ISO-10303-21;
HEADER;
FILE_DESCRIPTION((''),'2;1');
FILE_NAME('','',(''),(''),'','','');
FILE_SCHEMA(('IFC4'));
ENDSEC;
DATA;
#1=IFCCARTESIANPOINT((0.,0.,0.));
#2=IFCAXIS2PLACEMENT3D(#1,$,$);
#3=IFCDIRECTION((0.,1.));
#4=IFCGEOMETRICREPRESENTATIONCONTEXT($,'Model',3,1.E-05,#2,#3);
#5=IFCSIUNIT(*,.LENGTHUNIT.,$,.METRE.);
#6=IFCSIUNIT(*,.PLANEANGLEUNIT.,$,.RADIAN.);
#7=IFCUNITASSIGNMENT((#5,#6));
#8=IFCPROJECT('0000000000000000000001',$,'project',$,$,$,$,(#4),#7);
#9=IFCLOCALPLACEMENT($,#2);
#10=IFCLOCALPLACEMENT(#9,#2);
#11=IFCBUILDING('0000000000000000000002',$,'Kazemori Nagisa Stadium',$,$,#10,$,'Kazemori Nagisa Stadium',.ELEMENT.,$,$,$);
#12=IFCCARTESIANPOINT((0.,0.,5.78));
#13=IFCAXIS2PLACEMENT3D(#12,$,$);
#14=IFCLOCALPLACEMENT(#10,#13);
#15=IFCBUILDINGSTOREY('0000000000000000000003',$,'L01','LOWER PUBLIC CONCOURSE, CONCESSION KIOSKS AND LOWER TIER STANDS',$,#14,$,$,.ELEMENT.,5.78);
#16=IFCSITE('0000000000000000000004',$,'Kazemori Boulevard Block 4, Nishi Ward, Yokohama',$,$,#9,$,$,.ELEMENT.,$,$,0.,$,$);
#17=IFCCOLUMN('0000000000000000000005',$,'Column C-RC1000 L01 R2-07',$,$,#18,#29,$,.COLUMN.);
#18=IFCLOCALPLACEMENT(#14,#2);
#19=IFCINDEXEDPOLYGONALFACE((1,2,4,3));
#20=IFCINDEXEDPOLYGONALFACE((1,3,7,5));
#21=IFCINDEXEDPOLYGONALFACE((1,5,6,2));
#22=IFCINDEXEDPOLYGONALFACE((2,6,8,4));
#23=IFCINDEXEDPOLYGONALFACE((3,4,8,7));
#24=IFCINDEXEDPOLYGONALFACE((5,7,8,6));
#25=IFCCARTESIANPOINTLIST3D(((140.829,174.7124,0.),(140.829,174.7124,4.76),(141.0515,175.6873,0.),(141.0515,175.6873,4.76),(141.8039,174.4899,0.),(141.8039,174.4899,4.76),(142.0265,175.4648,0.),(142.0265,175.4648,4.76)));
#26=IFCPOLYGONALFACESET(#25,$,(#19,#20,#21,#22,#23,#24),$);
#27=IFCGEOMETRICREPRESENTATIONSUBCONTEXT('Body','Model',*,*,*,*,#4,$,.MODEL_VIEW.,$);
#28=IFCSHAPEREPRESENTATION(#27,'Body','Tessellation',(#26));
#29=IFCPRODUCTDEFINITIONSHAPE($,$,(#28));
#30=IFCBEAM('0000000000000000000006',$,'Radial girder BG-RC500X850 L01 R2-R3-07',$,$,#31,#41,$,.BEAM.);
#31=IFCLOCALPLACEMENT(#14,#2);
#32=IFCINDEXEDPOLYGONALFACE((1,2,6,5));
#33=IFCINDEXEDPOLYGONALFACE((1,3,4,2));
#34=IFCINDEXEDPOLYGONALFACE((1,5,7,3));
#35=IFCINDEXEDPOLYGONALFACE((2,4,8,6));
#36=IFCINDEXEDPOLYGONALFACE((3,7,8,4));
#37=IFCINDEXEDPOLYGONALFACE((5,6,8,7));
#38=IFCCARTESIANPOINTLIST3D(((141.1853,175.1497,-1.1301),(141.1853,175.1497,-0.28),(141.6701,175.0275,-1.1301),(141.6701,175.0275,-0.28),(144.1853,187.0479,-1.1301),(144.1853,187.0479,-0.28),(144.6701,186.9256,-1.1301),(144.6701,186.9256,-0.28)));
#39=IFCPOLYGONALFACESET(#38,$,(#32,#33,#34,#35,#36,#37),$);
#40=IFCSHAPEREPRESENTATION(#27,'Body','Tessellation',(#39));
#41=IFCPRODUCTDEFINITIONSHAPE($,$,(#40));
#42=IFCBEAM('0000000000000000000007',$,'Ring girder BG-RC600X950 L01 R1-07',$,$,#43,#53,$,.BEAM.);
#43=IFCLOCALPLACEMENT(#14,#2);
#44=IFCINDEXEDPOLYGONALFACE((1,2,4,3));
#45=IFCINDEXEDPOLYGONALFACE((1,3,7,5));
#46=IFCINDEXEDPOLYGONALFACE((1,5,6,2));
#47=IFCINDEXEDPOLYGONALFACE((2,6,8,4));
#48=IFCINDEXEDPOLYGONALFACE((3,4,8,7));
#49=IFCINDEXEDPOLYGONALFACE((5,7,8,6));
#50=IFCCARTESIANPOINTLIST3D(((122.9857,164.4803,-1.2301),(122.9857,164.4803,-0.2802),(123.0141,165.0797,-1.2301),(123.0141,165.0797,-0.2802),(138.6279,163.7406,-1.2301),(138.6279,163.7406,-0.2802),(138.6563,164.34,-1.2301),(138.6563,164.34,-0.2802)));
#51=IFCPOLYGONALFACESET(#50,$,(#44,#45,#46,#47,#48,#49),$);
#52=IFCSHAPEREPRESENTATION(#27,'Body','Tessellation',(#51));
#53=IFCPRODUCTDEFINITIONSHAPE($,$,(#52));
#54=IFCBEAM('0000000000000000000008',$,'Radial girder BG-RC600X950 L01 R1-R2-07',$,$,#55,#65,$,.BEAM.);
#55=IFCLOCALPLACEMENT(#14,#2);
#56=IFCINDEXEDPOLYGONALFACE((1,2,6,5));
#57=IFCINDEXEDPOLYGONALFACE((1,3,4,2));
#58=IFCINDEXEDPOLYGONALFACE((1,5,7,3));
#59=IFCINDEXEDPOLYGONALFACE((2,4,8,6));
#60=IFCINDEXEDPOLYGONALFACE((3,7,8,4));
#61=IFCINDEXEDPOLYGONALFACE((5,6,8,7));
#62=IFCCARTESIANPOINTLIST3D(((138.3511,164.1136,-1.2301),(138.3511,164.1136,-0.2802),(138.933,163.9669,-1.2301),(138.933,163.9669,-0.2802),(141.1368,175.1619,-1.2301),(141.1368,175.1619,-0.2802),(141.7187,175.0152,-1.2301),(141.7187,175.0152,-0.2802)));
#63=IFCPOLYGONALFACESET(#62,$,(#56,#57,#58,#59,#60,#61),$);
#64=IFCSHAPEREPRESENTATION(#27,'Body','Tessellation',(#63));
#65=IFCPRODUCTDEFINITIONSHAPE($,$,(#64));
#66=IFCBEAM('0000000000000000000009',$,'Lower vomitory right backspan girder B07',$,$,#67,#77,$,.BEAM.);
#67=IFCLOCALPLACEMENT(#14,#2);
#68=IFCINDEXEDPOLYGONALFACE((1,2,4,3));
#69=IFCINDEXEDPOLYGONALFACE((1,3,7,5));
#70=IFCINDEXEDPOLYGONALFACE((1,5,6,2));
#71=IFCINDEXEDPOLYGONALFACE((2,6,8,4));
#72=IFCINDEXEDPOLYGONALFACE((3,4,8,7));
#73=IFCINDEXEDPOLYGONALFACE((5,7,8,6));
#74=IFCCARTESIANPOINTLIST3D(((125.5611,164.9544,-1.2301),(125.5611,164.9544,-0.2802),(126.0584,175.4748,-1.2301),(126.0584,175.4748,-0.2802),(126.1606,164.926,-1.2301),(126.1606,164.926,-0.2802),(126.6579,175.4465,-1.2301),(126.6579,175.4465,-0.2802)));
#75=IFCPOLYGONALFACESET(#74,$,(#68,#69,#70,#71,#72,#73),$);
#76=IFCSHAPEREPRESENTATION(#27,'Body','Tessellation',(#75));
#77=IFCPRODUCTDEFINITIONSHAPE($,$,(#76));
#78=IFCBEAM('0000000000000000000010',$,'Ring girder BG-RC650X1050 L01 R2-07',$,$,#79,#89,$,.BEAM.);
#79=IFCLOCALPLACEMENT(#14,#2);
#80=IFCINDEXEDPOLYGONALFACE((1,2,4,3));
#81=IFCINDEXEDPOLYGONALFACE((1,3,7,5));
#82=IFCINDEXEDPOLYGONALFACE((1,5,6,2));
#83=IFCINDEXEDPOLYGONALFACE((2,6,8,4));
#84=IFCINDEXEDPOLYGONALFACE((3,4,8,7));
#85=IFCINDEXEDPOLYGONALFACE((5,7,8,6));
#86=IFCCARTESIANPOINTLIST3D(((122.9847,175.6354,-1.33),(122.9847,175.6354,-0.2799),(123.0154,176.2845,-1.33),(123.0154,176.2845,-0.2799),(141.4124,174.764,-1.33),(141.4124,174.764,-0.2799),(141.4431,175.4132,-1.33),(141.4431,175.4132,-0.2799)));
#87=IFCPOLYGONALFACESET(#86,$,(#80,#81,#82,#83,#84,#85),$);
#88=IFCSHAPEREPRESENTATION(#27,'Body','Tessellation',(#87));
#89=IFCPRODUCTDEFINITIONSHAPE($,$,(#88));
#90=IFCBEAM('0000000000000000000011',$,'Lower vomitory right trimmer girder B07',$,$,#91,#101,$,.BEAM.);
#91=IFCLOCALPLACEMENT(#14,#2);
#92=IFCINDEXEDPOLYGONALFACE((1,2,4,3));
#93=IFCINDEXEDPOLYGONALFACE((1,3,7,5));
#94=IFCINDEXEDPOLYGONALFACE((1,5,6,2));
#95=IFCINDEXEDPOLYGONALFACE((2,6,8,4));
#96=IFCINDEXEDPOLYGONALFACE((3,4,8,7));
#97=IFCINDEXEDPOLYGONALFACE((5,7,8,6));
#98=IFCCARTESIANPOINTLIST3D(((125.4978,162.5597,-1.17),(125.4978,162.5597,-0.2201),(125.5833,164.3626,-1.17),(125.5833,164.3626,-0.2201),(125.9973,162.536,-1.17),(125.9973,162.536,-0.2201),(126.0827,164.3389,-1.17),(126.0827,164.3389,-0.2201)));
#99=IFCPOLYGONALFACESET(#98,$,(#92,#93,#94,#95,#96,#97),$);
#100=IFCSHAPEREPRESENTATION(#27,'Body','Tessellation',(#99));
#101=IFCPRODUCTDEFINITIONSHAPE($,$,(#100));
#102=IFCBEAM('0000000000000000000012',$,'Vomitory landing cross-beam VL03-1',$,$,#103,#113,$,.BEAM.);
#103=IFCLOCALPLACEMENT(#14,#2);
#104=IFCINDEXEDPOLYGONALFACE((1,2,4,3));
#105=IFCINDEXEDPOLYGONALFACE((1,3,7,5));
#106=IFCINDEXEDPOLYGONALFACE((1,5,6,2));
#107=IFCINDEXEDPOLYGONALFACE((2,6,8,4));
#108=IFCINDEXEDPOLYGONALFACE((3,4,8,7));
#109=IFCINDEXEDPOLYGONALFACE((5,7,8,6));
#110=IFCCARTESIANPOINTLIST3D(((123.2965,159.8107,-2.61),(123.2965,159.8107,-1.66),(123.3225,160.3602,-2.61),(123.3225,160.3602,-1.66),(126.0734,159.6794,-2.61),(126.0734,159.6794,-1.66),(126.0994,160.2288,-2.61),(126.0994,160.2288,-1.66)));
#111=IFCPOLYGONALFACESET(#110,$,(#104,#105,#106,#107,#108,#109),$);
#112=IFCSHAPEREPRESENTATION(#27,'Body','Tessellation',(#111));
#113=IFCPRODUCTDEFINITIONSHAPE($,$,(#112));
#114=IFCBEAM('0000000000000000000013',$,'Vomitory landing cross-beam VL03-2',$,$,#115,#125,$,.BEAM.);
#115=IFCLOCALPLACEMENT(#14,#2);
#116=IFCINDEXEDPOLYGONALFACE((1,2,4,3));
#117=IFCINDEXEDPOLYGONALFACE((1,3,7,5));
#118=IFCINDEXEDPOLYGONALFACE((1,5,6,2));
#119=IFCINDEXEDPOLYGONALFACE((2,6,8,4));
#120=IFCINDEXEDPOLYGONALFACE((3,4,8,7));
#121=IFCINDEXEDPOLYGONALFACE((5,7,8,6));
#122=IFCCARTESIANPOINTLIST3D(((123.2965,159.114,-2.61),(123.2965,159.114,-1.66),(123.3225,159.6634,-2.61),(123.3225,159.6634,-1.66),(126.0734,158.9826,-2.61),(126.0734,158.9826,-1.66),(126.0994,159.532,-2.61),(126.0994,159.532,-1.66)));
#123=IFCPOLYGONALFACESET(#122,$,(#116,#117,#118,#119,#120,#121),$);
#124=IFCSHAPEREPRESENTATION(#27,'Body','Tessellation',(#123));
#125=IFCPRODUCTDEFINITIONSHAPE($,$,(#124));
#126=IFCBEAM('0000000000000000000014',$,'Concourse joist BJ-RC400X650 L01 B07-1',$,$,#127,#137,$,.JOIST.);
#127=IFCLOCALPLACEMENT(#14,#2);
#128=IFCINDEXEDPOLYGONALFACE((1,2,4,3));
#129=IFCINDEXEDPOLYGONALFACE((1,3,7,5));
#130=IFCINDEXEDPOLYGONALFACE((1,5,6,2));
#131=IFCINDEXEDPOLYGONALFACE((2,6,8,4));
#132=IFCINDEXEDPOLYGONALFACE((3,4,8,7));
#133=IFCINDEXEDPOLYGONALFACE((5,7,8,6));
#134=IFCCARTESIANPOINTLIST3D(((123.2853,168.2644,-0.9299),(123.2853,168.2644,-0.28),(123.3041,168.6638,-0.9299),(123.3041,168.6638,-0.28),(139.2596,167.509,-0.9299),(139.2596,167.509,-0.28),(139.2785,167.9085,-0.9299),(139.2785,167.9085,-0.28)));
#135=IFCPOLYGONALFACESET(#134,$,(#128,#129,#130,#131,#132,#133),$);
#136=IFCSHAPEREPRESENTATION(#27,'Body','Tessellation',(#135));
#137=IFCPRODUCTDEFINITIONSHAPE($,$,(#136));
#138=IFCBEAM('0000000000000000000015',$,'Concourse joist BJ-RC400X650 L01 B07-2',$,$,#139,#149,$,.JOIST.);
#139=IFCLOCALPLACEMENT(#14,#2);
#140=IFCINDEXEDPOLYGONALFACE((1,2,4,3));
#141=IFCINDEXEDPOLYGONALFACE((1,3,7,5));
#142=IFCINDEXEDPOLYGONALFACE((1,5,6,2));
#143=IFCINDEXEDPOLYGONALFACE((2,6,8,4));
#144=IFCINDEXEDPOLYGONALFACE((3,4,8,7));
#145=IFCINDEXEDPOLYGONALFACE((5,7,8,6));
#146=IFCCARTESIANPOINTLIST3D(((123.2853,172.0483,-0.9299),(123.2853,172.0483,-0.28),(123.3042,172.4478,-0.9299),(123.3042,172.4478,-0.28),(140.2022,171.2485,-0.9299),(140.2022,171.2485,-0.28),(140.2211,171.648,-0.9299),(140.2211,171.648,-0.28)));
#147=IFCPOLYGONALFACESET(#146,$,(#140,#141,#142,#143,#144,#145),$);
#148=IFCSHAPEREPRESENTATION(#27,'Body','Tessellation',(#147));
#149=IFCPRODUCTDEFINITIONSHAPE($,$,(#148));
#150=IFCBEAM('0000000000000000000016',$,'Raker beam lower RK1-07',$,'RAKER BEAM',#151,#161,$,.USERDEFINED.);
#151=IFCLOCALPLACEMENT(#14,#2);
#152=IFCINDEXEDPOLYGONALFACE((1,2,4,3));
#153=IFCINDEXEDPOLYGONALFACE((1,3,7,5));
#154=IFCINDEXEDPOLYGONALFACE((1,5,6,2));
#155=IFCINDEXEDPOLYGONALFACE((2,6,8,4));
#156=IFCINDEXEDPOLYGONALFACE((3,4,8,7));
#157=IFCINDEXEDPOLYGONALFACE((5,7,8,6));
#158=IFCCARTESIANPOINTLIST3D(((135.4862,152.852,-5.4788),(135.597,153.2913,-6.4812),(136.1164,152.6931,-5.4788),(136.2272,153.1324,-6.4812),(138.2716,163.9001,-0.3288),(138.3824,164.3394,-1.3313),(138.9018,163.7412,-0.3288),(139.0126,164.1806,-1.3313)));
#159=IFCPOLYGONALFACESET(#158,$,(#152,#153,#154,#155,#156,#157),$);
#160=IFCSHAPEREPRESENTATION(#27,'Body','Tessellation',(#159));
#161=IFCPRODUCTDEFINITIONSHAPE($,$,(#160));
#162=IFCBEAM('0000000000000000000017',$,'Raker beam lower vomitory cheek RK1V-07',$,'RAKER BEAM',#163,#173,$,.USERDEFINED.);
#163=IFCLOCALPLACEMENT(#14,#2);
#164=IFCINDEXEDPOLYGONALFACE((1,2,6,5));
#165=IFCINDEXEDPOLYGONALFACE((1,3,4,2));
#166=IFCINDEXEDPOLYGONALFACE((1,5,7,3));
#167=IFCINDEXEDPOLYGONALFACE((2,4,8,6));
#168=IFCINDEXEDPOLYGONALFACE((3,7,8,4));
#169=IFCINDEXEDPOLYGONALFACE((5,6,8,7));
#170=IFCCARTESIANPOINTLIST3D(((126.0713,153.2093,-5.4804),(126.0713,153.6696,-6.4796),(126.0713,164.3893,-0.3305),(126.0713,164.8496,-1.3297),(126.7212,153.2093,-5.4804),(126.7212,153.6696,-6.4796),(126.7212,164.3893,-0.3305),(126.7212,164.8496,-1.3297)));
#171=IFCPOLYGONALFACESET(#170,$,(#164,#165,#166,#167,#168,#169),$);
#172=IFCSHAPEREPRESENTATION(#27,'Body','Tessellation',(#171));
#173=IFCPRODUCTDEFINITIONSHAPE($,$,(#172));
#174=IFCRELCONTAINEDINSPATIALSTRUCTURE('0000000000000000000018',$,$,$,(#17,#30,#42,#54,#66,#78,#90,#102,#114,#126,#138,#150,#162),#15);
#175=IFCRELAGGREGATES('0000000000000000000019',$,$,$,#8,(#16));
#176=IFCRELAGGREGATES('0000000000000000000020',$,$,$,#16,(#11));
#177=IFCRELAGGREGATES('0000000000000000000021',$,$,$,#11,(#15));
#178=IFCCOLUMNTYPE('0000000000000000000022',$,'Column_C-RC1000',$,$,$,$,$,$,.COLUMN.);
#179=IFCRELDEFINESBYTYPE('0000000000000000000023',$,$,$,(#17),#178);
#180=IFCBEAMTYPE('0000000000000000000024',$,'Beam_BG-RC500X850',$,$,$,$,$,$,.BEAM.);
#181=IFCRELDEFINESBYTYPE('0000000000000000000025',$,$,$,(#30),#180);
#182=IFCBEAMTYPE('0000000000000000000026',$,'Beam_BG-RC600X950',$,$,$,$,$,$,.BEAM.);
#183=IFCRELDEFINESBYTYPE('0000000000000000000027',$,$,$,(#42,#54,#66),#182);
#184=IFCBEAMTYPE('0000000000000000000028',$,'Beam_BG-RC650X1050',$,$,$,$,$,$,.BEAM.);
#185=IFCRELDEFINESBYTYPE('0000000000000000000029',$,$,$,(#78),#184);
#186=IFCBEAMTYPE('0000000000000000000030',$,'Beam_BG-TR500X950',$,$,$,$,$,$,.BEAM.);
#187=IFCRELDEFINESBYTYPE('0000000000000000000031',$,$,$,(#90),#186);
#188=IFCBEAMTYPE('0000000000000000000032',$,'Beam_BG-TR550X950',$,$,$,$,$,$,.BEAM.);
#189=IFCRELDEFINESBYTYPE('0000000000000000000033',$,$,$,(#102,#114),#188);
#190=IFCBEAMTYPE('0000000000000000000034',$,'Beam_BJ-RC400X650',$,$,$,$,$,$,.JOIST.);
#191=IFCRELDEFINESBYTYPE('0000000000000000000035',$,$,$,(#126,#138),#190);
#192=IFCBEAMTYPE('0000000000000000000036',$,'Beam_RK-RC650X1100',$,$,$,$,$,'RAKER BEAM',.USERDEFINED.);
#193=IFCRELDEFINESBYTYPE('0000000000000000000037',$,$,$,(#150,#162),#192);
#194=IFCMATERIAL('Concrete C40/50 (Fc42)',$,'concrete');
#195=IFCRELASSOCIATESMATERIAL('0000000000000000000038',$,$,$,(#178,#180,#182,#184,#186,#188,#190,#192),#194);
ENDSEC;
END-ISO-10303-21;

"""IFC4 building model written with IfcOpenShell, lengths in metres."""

from ifc_helpers import new_model, si_unit, direction, frame, origin, origin_2d, place, context, subcontext, project, spatial, rectangle, extrude, material, material_profile, profile_set, type_object, element, save


model = new_model("IFC4")

# Units and contexts
model_context = context("Model", 3, precision=1e-05, world=origin(), true_north=direction((0.0, 1.0)))
body_context = subcontext(model_context, "Body", "Model", "MODEL_VIEW")
ifc_project = project(units=[si_unit("LENGTHUNIT", "METRE"), si_unit("PLANEANGLEUNIT", "RADIAN")], contexts=[model_context])

# Site, building, storey
site_placement = place(None, origin())
site = spatial("IfcSite", under=ifc_project, at=site_placement, Name="Kazemori Boulevard Block 4, Nishi Ward, Yokohama", CompositionType="ELEMENT", RefElevation=0.0)
building_placement = place(site_placement, origin())
building = spatial("IfcBuilding", under=site, at=building_placement, Name="Kazemori Nagisa Stadium", LongName="Kazemori Nagisa Stadium", CompositionType="ELEMENT")
storey_placement = place(building_placement, frame((0.0, 0.0, 5.78)))
storey = spatial("IfcBuildingStorey", under=building, at=storey_placement, Name="L01", Description="LOWER PUBLIC CONCOURSE, CONCESSION KIOSKS AND LOWER TIER STANDS", CompositionType="ELEMENT", Elevation=5.78)

# Column
ifc_material_1 = material(Name="Concrete C40/50 (Fc42)", Category="concrete")
ifc_material_profile_1 = material_profile(ifc_material_1, rectangle(XDim=1.0, YDim=1.0, at=origin_2d()), Name="RC-COL-1000x1000")
ifc_profile_set_1 = profile_set([ifc_material_profile_1], Name="Concrete C40/50 (Fc42)")
column_type_1 = type_object("IfcColumnType", Name="Column_C-RC1000", PredefinedType="COLUMN", material=ifc_profile_set_1)
column_1_placement = place(storey_placement, frame((141.4277, 175.0886, 0.0), z_axis=(0.0, 0.0, 1.0), x_axis=(0.222521, 0.974928, 0.0)))
element("IfcColumn", 1, at=column_1_placement, inside=storey, type_object=column_type_1, Name="Column C-RC1000 L01 R2-07", PredefinedType="COLUMN", context=body_context, shape_type="SweptSolid", body=[
    extrude(rectangle(XDim=1.0, YDim=1.0, at=origin_2d()), origin(), (0.0, 0.0, 1.0), 4.76),
])

# Beams
ifc_material_profile_2 = material_profile(ifc_material_1, rectangle(XDim=0.5, YDim=0.8501, at=origin_2d()), Name="RC-BM-500x850")
ifc_profile_set_2 = profile_set([ifc_material_profile_2], Name="Concrete C40/50 (Fc42)")
beam_type_1 = type_object("IfcBeamType", Name="Beam_BG-RC500X850", PredefinedType="BEAM", material=ifc_profile_set_2)
beam_1_placement = place(storey_placement, frame((141.4277, 175.0886, -0.7051), z_axis=(0.244487, 0.969652, 0.0), x_axis=(-0.969652, 0.244487, 0.0)))
element("IfcBeam", 2, at=beam_1_placement, inside=storey, type_object=beam_type_1, Name="Radial girder BG-RC500X850 L01 R2-R3-07", PredefinedType="BEAM", context=body_context, shape_type="SweptSolid", body=[
    extrude(rectangle(XDim=0.5, YDim=0.8501, at=origin_2d()), origin(), (0.0, 0.0, 1.0), 12.2705),
])
ifc_material_profile_3 = material_profile(ifc_material_1, rectangle(XDim=0.6001, YDim=0.95, at=origin_2d()), Name="RC-BM-600x950")
ifc_profile_set_3 = profile_set([ifc_material_profile_3], Name="Concrete C40/50 (Fc42)")
beam_type_2 = type_object("IfcBeamType", Name="Beam_BG-RC600X950", PredefinedType="BEAM", material=ifc_profile_set_3)
beam_2_placement = place(storey_placement, frame((138.6421, 164.0403, -0.7551), z_axis=(-0.998884, 0.047239, 0.0), x_axis=(-0.047239, -0.998884, 0.0)))
element("IfcBeam", 3, at=beam_2_placement, inside=storey, type_object=beam_type_2, Name="Ring girder BG-RC600X950 L01 R1-07", PredefinedType="BEAM", context=body_context, shape_type="SweptSolid", body=[
    extrude(rectangle(XDim=0.6001, YDim=0.95, at=origin_2d()), origin(), (0.0, 0.0, 1.0), 15.6597),
])
beam_3_placement = place(storey_placement, frame((138.6421, 164.0403, -0.7551), z_axis=(0.244481, 0.969654, 0.0), x_axis=(-0.969654, 0.244481, 0.0)))
element("IfcBeam", 4, at=beam_3_placement, inside=storey, type_object=beam_type_2, Name="Radial girder BG-RC600X950 L01 R1-R2-07", PredefinedType="BEAM", context=body_context, shape_type="SweptSolid", body=[
    extrude(rectangle(XDim=0.6001, YDim=0.95, at=origin_2d()), origin(), (0.0, 0.0, 1.0), 11.394),
])
beam_4_placement = place(storey_placement, frame((125.8608, 164.9402, -0.7551), z_axis=(0.047218, 0.998885, 0.0), x_axis=(-0.998885, 0.047218, 0.0)))
element("IfcBeam", 5, at=beam_4_placement, inside=storey, type_object=beam_type_2, Name="Lower vomitory right backspan girder B07", PredefinedType="BEAM", context=body_context, shape_type="SweptSolid", body=[
    extrude(rectangle(XDim=0.6001, YDim=0.95, at=origin_2d()), origin(), (0.0, 0.0, 1.0), 10.5322),
])
ifc_material_profile_4 = material_profile(ifc_material_1, rectangle(XDim=0.6499, YDim=1.05, at=origin_2d()), Name="RC-BM-650x1050")
ifc_profile_set_4 = profile_set([ifc_material_profile_4], Name="Concrete C40/50 (Fc42)")
beam_type_3 = type_object("IfcBeamType", Name="Beam_BG-RC650X1050", PredefinedType="BEAM", material=ifc_profile_set_4)
beam_5_placement = place(storey_placement, frame((141.4277, 175.0886, -0.8049), z_axis=(-0.998884, 0.047231, 0.0), x_axis=(-0.047231, -0.998884, 0.0)))
element("IfcBeam", 6, at=beam_5_placement, inside=storey, type_object=beam_type_3, Name="Ring girder BG-RC650X1050 L01 R2-07", PredefinedType="BEAM", context=body_context, shape_type="SweptSolid", body=[
    extrude(rectangle(XDim=0.6499, YDim=1.05, at=origin_2d()), origin(), (0.0, 0.0, 1.0), 18.4482),
])
ifc_material_profile_5 = material_profile(ifc_material_1, rectangle(XDim=0.5, YDim=0.95, at=origin_2d()), Name="RC-BM-500x950")
ifc_profile_set_5 = profile_set([ifc_material_profile_5], Name="Concrete C40/50 (Fc42)")
beam_type_4 = type_object("IfcBeamType", Name="Beam_BG-TR500X950", PredefinedType="BEAM", material=ifc_profile_set_5)
beam_6_placement = place(storey_placement, frame((125.7476, 162.5479, -0.6951), z_axis=(0.04734, 0.998879, 0.0), x_axis=(-0.998879, 0.04734, 0.0)))
element("IfcBeam", 7, at=beam_6_placement, inside=storey, type_object=beam_type_4, Name="Lower vomitory right trimmer girder B07", PredefinedType="BEAM", context=body_context, shape_type="SweptSolid", body=[
    extrude(rectangle(XDim=0.5, YDim=0.95, at=origin_2d()), origin(), (0.0, 0.0, 1.0), 1.8049),
])
ifc_material_profile_6 = material_profile(ifc_material_1, rectangle(XDim=0.55, YDim=0.95, at=origin_2d()), Name="RC-BM-550x950")
ifc_profile_set_6 = profile_set([ifc_material_profile_6], Name="Concrete C40/50 (Fc42)")
beam_type_5 = type_object("IfcBeamType", Name="Beam_BG-TR550X950", PredefinedType="BEAM", material=ifc_profile_set_6)
for number, where, z_axis, x_axis, name in (
    (8, (126.0864, 159.9541, -2.135), (-0.998883, 0.047248, 0.0), (-0.047248, -0.998883, 0.0), "Vomitory landing cross-beam VL03-1"),
    (9, (126.0864, 159.2573, -2.135), (-0.998883, 0.047248, 0.0), (-0.047248, -0.998883, 0.0), "Vomitory landing cross-beam VL03-2"),
):
    element("IfcBeam", number, at=place(storey_placement, frame(where, z_axis=z_axis, x_axis=x_axis)), inside=storey, type_object=beam_type_5, Name=name, PredefinedType="BEAM", context=body_context, shape_type="SweptSolid", body=[
        extrude(rectangle(XDim=0.55, YDim=0.95, at=origin_2d()), origin(), (0.0, 0.0, 1.0), 2.78),
    ])
ifc_material_profile_7 = material_profile(ifc_material_1, rectangle(XDim=0.3999, YDim=0.6499, at=origin_2d()), Name="RC-BM-400x650")
ifc_profile_set_7 = profile_set([ifc_material_profile_7], Name="Concrete C40/50 (Fc42)")
beam_type_6 = type_object("IfcBeamType", Name="Beam_BJ-RC400X650", PredefinedType="JOIST", material=ifc_profile_set_7)
beam_7_placement = place(storey_placement, frame((139.269, 167.7087, -0.605), z_axis=(-0.998884, 0.047234, 0.0), x_axis=(-0.047234, -0.998884, 0.0)))
element("IfcBeam", 10, at=beam_7_placement, inside=storey, type_object=beam_type_6, Name="Concourse joist BJ-RC400X650 L01 B07-1", PredefinedType="JOIST", context=body_context, shape_type="SweptSolid", body=[
    extrude(rectangle(XDim=0.3999, YDim=0.6499, at=origin_2d()), origin(), (0.0, 0.0, 1.0), 15.9922),
])
beam_8_placement = place(storey_placement, frame((140.2117, 171.4482, -0.605), z_axis=(-0.998884, 0.047225, 0.0), x_axis=(-0.047225, -0.998884, 0.0)))
element("IfcBeam", 11, at=beam_8_placement, inside=storey, type_object=beam_type_6, Name="Concourse joist BJ-RC400X650 L01 B07-2", PredefinedType="JOIST", context=body_context, shape_type="SweptSolid", body=[
    extrude(rectangle(XDim=0.3999, YDim=0.6499, at=origin_2d()), origin(), (0.0, 0.0, 1.0), 16.9358),
])
ifc_material_profile_8 = material_profile(ifc_material_1, rectangle(XDim=0.6499, YDim=1.1001, at=origin_2d()), Name="RC-RK-650x1100")
ifc_profile_set_8 = profile_set([ifc_material_profile_8], Name="Concrete C40/50 (Fc42)")
beam_type_7 = type_object("IfcBeamType", Name="Beam_RK-RC650X1100", ElementType="RAKER BEAM", PredefinedType="USERDEFINED", material=ifc_profile_set_8)
beam_9_placement = place(storey_placement, frame((135.8567, 152.9922, -5.98), z_axis=(0.222768, 0.883592, 0.411873), x_axis=(-0.969658, 0.244466, 0.0)))
element("IfcBeam", 12, at=beam_9_placement, inside=storey, type_object=beam_type_7, Name="Raker beam lower RK1-07", ObjectType="RAKER BEAM", PredefinedType="USERDEFINED", context=body_context, shape_type="SweptSolid", body=[
    extrude(rectangle(XDim=0.6499, YDim=1.1001, at=origin_2d()), origin(), (0.0, 0.0, 1.0), 12.5037),
])
beam_10_placement = place(storey_placement, frame((126.3962, 153.4395, -5.98), z_axis=(0.0, 0.90827, 0.418384), x_axis=(-1.0, 0.0, 0.0)))
element("IfcBeam", 13, at=beam_10_placement, inside=storey, type_object=beam_type_7, Name="Raker beam lower vomitory cheek RK1V-07", ObjectType="RAKER BEAM", PredefinedType="USERDEFINED", context=body_context, shape_type="SweptSolid", body=[
    extrude(rectangle(XDim=0.6499, YDim=1.1001, at=origin_2d()), origin(), (0.0, 0.0, 1.0), 12.3091),
])

save(model, "model.ifc")
